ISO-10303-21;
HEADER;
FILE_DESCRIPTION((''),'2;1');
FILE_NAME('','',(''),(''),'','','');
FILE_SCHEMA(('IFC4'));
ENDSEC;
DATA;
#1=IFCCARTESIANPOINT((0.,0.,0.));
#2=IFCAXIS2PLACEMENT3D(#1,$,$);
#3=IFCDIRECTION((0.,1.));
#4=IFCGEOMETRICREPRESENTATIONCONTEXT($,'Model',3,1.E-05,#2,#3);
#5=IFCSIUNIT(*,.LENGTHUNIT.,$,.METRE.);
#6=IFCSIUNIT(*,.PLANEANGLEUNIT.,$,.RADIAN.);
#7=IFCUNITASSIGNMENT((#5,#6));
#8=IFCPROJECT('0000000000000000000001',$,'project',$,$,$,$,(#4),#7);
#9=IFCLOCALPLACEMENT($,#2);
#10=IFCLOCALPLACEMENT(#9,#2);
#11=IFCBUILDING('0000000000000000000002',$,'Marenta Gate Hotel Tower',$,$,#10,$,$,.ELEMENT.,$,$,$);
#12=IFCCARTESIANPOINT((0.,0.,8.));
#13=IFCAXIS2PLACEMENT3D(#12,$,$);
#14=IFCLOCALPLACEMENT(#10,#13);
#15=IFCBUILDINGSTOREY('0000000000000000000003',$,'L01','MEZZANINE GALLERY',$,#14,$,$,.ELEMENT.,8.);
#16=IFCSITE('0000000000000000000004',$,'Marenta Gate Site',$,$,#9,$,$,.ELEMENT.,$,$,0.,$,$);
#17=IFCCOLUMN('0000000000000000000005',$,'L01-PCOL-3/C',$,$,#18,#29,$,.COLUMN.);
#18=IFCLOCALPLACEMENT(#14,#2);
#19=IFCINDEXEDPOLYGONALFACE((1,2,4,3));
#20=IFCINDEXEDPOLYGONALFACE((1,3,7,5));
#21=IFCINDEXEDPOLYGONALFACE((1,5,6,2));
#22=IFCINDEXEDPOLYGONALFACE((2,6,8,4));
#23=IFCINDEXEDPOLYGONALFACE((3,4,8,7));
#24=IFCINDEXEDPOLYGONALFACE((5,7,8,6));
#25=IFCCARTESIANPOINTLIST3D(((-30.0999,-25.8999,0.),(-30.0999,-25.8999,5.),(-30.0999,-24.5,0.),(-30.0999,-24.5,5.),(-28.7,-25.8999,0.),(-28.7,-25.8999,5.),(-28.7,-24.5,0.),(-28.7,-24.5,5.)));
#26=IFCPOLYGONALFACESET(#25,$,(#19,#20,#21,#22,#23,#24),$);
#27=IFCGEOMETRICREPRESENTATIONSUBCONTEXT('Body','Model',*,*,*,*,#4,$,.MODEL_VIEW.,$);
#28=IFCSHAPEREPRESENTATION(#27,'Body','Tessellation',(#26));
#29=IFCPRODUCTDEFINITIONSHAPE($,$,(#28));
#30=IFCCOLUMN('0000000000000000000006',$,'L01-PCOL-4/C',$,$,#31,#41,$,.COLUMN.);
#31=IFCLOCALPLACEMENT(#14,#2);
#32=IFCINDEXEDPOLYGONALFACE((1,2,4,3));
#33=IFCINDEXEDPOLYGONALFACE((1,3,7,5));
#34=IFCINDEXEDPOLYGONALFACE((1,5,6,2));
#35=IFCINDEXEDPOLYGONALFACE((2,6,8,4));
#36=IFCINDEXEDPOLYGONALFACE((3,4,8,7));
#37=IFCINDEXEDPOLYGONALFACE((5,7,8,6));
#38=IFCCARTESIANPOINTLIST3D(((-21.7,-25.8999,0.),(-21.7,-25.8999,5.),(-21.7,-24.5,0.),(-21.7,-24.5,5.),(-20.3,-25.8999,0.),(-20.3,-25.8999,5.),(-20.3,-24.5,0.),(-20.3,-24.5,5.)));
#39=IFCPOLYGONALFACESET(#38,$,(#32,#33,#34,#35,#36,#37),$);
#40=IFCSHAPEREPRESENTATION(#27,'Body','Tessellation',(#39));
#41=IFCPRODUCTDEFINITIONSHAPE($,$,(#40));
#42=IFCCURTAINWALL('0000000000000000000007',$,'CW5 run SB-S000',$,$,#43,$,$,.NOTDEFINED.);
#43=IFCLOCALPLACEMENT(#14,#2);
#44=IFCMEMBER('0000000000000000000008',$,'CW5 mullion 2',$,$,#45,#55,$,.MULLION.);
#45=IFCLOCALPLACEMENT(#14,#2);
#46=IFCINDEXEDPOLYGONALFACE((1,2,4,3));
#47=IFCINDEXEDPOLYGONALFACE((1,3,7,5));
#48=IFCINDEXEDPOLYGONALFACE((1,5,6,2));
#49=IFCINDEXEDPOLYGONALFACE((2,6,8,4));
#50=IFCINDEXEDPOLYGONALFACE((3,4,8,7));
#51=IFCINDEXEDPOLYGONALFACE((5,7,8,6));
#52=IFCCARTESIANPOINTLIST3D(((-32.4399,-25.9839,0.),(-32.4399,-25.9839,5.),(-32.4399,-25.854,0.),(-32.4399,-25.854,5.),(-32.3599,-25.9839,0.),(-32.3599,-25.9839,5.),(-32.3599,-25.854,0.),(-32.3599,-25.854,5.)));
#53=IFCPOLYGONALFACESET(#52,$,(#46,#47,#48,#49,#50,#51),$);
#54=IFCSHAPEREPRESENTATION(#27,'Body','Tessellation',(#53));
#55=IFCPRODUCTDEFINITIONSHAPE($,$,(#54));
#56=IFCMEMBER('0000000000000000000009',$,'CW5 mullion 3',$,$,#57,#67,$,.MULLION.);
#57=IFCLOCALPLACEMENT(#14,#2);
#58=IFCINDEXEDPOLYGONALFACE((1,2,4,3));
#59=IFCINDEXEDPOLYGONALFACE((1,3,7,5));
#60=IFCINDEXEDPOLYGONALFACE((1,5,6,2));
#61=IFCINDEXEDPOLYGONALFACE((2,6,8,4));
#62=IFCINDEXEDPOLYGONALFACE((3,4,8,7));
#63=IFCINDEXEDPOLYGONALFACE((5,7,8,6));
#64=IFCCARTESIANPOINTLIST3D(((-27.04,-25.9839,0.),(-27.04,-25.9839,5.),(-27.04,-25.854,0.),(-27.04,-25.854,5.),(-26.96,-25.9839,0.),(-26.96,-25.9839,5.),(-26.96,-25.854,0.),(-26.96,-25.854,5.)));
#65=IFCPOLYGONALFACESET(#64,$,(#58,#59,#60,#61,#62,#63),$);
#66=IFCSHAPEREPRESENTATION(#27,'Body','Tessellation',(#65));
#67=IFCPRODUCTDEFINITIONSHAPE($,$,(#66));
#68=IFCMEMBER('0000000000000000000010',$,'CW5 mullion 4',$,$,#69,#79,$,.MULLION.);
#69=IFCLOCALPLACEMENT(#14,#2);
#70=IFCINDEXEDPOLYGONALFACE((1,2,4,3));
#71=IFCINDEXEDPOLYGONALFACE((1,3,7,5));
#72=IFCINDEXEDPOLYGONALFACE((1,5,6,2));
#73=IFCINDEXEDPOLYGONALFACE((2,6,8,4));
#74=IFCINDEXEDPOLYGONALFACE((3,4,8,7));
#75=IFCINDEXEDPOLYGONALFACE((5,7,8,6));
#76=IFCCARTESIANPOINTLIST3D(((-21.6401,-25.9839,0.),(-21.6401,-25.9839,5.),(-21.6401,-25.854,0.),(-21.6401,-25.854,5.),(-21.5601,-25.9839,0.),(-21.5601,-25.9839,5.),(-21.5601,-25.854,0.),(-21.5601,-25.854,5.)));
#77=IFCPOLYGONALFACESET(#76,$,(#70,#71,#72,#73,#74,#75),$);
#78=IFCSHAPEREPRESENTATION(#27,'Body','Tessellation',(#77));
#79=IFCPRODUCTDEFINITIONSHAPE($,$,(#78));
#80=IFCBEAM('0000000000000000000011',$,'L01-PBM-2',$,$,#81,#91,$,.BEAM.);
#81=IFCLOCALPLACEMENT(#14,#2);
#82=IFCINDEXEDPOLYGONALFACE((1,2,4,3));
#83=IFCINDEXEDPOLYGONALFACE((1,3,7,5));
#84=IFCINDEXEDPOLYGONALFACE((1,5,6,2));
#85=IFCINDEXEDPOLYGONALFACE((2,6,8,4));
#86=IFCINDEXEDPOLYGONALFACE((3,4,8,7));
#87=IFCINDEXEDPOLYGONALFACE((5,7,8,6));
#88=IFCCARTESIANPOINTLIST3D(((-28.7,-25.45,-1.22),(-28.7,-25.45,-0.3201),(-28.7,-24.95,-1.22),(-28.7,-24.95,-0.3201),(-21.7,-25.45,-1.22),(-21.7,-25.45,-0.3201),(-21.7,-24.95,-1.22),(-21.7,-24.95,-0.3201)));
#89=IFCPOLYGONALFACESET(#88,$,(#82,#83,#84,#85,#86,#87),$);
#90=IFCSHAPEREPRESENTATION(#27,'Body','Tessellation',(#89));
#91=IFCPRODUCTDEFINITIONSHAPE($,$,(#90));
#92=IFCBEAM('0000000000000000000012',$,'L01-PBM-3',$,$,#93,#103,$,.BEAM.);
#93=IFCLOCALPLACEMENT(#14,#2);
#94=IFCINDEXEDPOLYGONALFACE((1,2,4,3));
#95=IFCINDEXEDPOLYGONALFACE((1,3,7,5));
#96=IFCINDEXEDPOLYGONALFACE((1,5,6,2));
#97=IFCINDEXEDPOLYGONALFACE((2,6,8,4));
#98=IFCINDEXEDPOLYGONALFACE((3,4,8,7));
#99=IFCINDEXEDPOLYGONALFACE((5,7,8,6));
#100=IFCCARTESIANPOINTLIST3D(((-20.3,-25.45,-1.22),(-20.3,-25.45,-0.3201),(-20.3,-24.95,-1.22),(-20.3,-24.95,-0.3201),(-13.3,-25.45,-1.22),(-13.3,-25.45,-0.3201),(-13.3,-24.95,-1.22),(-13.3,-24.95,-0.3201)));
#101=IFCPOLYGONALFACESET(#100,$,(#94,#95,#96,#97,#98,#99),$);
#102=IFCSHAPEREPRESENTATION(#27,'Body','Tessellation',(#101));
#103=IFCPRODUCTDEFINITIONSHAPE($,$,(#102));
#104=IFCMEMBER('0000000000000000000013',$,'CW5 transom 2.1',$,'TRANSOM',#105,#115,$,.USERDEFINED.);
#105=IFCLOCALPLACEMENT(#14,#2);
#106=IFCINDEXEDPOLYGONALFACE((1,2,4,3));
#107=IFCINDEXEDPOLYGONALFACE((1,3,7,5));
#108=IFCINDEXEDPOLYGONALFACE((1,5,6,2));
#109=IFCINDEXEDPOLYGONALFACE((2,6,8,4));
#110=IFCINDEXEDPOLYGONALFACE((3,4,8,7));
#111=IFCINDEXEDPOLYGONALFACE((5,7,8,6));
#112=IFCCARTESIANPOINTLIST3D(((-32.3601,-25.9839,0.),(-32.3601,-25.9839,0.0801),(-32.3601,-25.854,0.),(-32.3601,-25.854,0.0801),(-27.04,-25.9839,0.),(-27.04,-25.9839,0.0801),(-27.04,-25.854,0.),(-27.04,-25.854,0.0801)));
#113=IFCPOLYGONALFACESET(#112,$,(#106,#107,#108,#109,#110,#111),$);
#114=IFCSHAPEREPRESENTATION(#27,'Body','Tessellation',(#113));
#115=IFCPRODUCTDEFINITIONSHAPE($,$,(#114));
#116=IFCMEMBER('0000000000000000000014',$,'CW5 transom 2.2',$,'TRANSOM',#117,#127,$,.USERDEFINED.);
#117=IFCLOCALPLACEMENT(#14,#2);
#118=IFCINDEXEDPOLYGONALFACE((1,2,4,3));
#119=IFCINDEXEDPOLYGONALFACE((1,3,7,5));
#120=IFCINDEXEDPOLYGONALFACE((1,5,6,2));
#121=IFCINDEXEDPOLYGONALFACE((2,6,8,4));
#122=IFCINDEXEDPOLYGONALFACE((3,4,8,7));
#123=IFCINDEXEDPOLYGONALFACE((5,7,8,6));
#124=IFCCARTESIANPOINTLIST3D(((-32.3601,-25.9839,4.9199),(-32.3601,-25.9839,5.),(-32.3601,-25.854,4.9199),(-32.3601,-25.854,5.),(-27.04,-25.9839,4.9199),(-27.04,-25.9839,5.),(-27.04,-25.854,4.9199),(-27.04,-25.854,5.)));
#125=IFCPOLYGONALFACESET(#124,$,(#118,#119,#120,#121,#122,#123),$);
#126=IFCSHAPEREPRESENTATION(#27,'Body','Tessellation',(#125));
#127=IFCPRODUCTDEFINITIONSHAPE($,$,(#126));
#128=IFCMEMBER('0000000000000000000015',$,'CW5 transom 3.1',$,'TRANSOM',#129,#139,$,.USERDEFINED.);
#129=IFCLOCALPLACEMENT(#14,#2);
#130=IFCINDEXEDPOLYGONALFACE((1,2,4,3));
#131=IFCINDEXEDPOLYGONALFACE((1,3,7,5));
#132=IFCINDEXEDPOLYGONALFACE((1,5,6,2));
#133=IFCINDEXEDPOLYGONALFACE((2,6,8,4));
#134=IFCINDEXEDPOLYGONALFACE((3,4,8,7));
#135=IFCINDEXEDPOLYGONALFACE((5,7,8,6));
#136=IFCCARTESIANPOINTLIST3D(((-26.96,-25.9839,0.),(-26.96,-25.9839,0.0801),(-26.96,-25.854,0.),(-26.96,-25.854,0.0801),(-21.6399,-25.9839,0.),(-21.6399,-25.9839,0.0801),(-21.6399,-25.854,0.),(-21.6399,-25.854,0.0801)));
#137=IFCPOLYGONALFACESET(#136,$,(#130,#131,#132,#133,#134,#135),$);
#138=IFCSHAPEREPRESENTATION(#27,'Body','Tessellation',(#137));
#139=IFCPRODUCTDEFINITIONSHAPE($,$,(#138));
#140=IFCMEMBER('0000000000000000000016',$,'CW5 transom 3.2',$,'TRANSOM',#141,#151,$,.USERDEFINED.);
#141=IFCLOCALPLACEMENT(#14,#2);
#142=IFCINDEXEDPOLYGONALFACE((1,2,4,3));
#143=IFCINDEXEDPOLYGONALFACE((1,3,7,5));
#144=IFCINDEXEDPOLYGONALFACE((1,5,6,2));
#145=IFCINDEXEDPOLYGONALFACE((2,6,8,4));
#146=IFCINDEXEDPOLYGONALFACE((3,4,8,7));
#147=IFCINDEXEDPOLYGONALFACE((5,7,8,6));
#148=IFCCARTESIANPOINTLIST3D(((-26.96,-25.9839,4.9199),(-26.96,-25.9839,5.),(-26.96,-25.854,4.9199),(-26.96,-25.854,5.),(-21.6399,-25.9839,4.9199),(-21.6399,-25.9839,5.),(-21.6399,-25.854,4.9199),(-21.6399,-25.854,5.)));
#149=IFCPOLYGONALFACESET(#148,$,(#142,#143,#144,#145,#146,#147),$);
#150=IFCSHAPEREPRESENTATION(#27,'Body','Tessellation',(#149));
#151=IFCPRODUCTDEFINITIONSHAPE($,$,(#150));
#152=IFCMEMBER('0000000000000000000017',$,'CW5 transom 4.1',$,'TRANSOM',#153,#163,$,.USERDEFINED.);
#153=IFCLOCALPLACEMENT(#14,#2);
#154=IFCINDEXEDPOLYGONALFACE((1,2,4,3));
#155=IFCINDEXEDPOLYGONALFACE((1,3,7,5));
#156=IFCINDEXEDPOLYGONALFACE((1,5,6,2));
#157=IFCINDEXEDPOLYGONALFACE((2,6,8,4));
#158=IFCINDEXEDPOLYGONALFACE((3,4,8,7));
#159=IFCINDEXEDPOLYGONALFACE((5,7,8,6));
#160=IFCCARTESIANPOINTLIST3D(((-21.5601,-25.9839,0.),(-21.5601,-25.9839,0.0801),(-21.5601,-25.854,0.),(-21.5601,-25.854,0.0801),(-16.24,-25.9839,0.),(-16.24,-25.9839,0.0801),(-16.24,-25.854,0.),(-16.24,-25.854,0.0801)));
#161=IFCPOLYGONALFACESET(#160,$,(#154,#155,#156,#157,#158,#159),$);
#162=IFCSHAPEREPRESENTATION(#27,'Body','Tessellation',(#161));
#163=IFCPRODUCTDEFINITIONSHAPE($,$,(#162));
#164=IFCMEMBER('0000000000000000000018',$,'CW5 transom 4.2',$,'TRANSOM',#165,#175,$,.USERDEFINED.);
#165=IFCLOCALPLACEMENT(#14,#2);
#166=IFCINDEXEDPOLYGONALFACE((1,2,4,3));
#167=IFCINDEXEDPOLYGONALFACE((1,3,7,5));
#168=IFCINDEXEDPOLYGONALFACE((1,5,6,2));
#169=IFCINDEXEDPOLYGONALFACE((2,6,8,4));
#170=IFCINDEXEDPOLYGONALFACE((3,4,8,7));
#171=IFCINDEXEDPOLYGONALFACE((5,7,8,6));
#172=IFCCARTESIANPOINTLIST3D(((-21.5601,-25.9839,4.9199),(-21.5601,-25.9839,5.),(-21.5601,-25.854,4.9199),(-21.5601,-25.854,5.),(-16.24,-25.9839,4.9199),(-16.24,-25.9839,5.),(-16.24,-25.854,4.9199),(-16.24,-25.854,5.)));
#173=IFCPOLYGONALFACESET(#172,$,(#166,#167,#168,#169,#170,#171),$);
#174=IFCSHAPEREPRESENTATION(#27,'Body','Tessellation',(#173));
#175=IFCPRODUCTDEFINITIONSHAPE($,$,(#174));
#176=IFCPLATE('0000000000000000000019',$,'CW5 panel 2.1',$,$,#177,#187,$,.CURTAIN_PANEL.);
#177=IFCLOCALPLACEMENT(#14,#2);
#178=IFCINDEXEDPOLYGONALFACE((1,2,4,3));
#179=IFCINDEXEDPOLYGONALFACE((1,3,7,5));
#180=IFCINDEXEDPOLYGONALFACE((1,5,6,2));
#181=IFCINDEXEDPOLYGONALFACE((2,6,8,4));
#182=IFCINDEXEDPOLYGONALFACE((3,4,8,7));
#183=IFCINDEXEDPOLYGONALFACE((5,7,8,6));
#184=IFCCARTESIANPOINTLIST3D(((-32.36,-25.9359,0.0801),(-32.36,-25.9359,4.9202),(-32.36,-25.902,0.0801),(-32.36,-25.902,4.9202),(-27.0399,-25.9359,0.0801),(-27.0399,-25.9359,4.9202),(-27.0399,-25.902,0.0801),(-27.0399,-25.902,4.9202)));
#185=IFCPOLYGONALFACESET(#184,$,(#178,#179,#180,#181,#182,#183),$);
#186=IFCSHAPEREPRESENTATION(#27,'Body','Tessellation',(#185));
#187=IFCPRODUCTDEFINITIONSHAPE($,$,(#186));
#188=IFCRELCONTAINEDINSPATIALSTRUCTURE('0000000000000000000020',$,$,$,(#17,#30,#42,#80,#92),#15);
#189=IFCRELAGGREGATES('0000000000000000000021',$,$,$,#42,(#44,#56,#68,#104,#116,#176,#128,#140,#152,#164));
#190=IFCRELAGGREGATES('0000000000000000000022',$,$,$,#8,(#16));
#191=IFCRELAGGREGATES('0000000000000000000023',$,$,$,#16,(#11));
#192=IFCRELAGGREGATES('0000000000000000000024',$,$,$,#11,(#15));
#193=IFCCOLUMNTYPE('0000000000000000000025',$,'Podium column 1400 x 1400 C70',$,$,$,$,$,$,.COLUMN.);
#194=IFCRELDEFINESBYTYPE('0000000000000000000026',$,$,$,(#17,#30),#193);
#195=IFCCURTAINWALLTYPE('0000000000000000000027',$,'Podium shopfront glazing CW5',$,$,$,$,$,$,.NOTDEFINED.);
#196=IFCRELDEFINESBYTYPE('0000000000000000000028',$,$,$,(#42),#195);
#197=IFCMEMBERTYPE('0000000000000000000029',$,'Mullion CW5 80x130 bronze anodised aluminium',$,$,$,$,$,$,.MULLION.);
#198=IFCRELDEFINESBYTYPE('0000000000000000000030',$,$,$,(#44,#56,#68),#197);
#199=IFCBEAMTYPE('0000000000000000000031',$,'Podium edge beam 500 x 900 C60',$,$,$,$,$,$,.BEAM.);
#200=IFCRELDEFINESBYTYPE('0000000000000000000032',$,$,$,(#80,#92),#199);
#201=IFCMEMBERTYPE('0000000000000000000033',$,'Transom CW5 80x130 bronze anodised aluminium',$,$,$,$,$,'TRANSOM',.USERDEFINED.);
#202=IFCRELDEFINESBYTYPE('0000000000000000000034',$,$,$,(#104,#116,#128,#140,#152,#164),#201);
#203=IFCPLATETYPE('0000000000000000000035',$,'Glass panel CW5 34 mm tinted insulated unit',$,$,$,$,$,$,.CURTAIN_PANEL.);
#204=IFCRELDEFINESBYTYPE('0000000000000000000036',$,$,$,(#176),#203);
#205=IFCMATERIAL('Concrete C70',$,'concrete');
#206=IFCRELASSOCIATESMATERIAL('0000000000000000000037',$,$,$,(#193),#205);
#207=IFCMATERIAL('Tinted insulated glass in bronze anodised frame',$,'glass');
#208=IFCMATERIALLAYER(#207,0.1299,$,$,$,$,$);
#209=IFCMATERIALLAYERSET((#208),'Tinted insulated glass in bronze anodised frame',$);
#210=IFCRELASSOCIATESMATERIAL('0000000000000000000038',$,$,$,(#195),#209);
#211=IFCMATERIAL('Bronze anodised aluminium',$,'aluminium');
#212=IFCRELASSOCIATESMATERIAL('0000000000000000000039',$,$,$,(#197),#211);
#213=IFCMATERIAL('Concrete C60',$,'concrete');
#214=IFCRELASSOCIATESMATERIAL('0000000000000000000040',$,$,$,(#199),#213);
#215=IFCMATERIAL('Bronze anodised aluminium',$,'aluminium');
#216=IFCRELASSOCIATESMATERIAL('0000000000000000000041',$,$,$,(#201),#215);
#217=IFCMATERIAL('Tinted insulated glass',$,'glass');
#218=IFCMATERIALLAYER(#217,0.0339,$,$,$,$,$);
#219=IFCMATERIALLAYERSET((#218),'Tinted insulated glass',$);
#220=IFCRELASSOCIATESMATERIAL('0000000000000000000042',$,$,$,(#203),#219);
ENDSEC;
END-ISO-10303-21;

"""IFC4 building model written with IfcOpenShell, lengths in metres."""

from ifc_helpers import new_model, si_unit, direction, frame, origin, origin_2d, place, context, subcontext, project, spatial, rectangle, extrude, material, layer, layer_set, material_profile, profile_set, type_object, element, aggregate, save


model = new_model("IFC4")

# Units and contexts
model_context = context("Model", 3, precision=1e-05, world=origin(), true_north=direction((0.0, 1.0)))
body_context = subcontext(model_context, "Body", "Model", "MODEL_VIEW")
ifc_project = project(units=[si_unit("LENGTHUNIT", "METRE"), si_unit("PLANEANGLEUNIT", "RADIAN")], contexts=[model_context])

# Site, building, storey
site_placement = place(None, origin())
site = spatial("IfcSite", under=ifc_project, at=site_placement, Name="Marenta Gate Site", CompositionType="ELEMENT", RefElevation=0.0)
building_placement = place(site_placement, origin())
building = spatial("IfcBuilding", under=site, at=building_placement, Name="Marenta Gate Hotel Tower", CompositionType="ELEMENT")
storey_placement = place(building_placement, frame((0.0, 0.0, 8.0)))
storey = spatial("IfcBuildingStorey", under=building, at=storey_placement, Name="L01", Description="MEZZANINE GALLERY", CompositionType="ELEMENT", Elevation=8.0)

# Columns
ifc_material_1 = material(Name="Concrete C70", Category="concrete")
ifc_material_profile_1 = material_profile(ifc_material_1, rectangle(XDim=1.3999, YDim=1.3999, at=origin_2d()), Name="1400 x 1400")
ifc_profile_set_1 = profile_set([ifc_material_profile_1], Name="Concrete C70")
column_type = type_object("IfcColumnType", Name="Podium column 1400 x 1400 C70", PredefinedType="COLUMN", material=ifc_profile_set_1)
for number, where, z_axis, x_axis, name in (
    (1, (-29.3999, -25.2, 0.0), (0.0, 0.0, 1.0), (1.0, 0.0, 0.0), "L01-PCOL-3/C"),
    (2, (-21.0, -25.2, 0.0), (0.0, 0.0, 1.0), (1.0, 0.0, 0.0), "L01-PCOL-4/C"),
):
    element("IfcColumn", number, at=place(storey_placement, frame(where, z_axis=z_axis, x_axis=x_axis)), inside=storey, type_object=column_type, Name=name, PredefinedType="COLUMN", context=body_context, shape_type="SweptSolid", body=[
        extrude(rectangle(XDim=1.3999, YDim=1.3999, at=origin_2d()), origin(), (0.0, 0.0, 1.0), 5.0),
    ])

# Curtain wall, members
ifc_material_2 = material(Name="Tinted insulated glass in bronze anodised frame", Category="glass")
ifc_layer_1 = layer(ifc_material_2, 0.1299)
ifc_layer_set_1 = layer_set([ifc_layer_1], Name="Tinted insulated glass in bronze anodised frame")
curtain_wall_type = type_object("IfcCurtainWallType", Name="Podium shopfront glazing CW5", PredefinedType="NOTDEFINED", material=ifc_layer_set_1)
curtain_wall_placement = place(storey_placement, origin())
curtain_wall = element("IfcCurtainWall", 3, at=curtain_wall_placement, inside=storey, type_object=curtain_wall_type, Name="CW5 run SB-S000", PredefinedType="NOTDEFINED")
ifc_material_3 = material(Name="Bronze anodised aluminium", Category="aluminium")
ifc_material_profile_2 = material_profile(ifc_material_3, rectangle(XDim=0.1299, YDim=0.0801, at=origin_2d()), Name="Mullion CW5 80x130 bronze anodised aluminium")
ifc_profile_set_2 = profile_set([ifc_material_profile_2], Name="Bronze anodised aluminium")
member_type_1 = type_object("IfcMemberType", Name="Mullion CW5 80x130 bronze anodised aluminium", PredefinedType="MULLION", material=ifc_profile_set_2)
member_1_placement = place(storey_placement, frame((-32.3999, -25.9189, 0.0), z_axis=(0.0, 0.0, 1.0), x_axis=(0.0, 1.0, 0.0)))
member_1 = element("IfcMember", 4, at=member_1_placement, type_object=member_type_1, Name="CW5 mullion 2", PredefinedType="MULLION", context=body_context, shape_type="SweptSolid", body=[
    extrude(rectangle(XDim=0.1299, YDim=0.0801, at=origin_2d()), origin(), (0.0, 0.0, 1.0), 5.0),
])
member_2_placement = place(storey_placement, frame((-27.0, -25.9189, 0.0), z_axis=(0.0, 0.0, 1.0), x_axis=(0.0, 1.0, 0.0)))
member_2 = element("IfcMember", 5, at=member_2_placement, type_object=member_type_1, Name="CW5 mullion 3", PredefinedType="MULLION", context=body_context, shape_type="SweptSolid", body=[
    extrude(rectangle(XDim=0.1299, YDim=0.0801, at=origin_2d()), origin(), (0.0, 0.0, 1.0), 5.0),
])
member_3_placement = place(storey_placement, frame((-21.6001, -25.9189, 0.0), z_axis=(0.0, 0.0, 1.0), x_axis=(0.0, 1.0, 0.0)))
member_3 = element("IfcMember", 6, at=member_3_placement, type_object=member_type_1, Name="CW5 mullion 4", PredefinedType="MULLION", context=body_context, shape_type="SweptSolid", body=[
    extrude(rectangle(XDim=0.1299, YDim=0.0801, at=origin_2d()), origin(), (0.0, 0.0, 1.0), 5.0),
])

# Beams
ifc_material_4 = material(Name="Concrete C60", Category="concrete")
ifc_material_profile_3 = material_profile(ifc_material_4, rectangle(XDim=0.5, YDim=0.8999, at=origin_2d()), Name="500 x 900")
ifc_profile_set_3 = profile_set([ifc_material_profile_3], Name="Concrete C60")
beam_type = type_object("IfcBeamType", Name="Podium edge beam 500 x 900 C60", PredefinedType="BEAM", material=ifc_profile_set_3)
for number, where, z_axis, x_axis, name in (
    (7, (-28.7, -25.2, -0.77), (1.0, 0.0, 0.0), (0.0, 1.0, 0.0), "L01-PBM-2"),
    (8, (-20.3, -25.2, -0.77), (1.0, 0.0, 0.0), (0.0, 1.0, 0.0), "L01-PBM-3"),
):
    element("IfcBeam", number, at=place(storey_placement, frame(where, z_axis=z_axis, x_axis=x_axis)), inside=storey, type_object=beam_type, Name=name, PredefinedType="BEAM", context=body_context, shape_type="SweptSolid", body=[
        extrude(rectangle(XDim=0.5, YDim=0.8999, at=origin_2d()), origin(), (0.0, 0.0, 1.0), 7.0),
    ])

# Members
ifc_material_5 = material(Name="Bronze anodised aluminium", Category="aluminium")
ifc_material_profile_4 = material_profile(ifc_material_5, rectangle(XDim=0.1299, YDim=0.0801, at=origin_2d()), Name="Transom CW5 80x130 bronze anodised aluminium")
ifc_profile_set_4 = profile_set([ifc_material_profile_4], Name="Bronze anodised aluminium")
member_type_2 = type_object("IfcMemberType", Name="Transom CW5 80x130 bronze anodised aluminium", ElementType="TRANSOM", PredefinedType="USERDEFINED", material=ifc_profile_set_4)
member_4_placement = place(storey_placement, frame((-32.3601, -25.9189, 0.04), z_axis=(1.0, 0.0, 0.0), x_axis=(0.0, 1.0, 0.0)))
member_4 = element("IfcMember", 9, at=member_4_placement, type_object=member_type_2, Name="CW5 transom 2.1", ObjectType="TRANSOM", PredefinedType="USERDEFINED", context=body_context, shape_type="SweptSolid", body=[
    extrude(rectangle(XDim=0.1299, YDim=0.0801, at=origin_2d()), origin(), (0.0, 0.0, 1.0), 5.3201),
])
member_5_placement = place(storey_placement, frame((-32.3601, -25.9189, 4.96), z_axis=(1.0, 0.0, 0.0), x_axis=(0.0, 1.0, 0.0)))
member_5 = element("IfcMember", 10, at=member_5_placement, type_object=member_type_2, Name="CW5 transom 2.2", ObjectType="TRANSOM", PredefinedType="USERDEFINED", context=body_context, shape_type="SweptSolid", body=[
    extrude(rectangle(XDim=0.1299, YDim=0.0801, at=origin_2d()), origin(), (0.0, 0.0, 1.0), 5.3201),
])
member_6_placement = place(storey_placement, frame((-26.96, -25.9189, 0.04), z_axis=(1.0, 0.0, 0.0), x_axis=(0.0, 1.0, 0.0)))
member_6 = element("IfcMember", 11, at=member_6_placement, type_object=member_type_2, Name="CW5 transom 3.1", ObjectType="TRANSOM", PredefinedType="USERDEFINED", context=body_context, shape_type="SweptSolid", body=[
    extrude(rectangle(XDim=0.1299, YDim=0.0801, at=origin_2d()), origin(), (0.0, 0.0, 1.0), 5.3201),
])
member_7_placement = place(storey_placement, frame((-26.96, -25.9189, 4.96), z_axis=(1.0, 0.0, 0.0), x_axis=(0.0, 1.0, 0.0)))
member_7 = element("IfcMember", 12, at=member_7_placement, type_object=member_type_2, Name="CW5 transom 3.2", ObjectType="TRANSOM", PredefinedType="USERDEFINED", context=body_context, shape_type="SweptSolid", body=[
    extrude(rectangle(XDim=0.1299, YDim=0.0801, at=origin_2d()), origin(), (0.0, 0.0, 1.0), 5.3201),
])
member_8_placement = place(storey_placement, frame((-21.5601, -25.9189, 0.04), z_axis=(1.0, 0.0, 0.0), x_axis=(0.0, 1.0, 0.0)))
member_8 = element("IfcMember", 13, at=member_8_placement, type_object=member_type_2, Name="CW5 transom 4.1", ObjectType="TRANSOM", PredefinedType="USERDEFINED", context=body_context, shape_type="SweptSolid", body=[
    extrude(rectangle(XDim=0.1299, YDim=0.0801, at=origin_2d()), origin(), (0.0, 0.0, 1.0), 5.3201),
])
member_9_placement = place(storey_placement, frame((-21.5601, -25.9189, 4.96), z_axis=(1.0, 0.0, 0.0), x_axis=(0.0, 1.0, 0.0)))
member_9 = element("IfcMember", 14, at=member_9_placement, type_object=member_type_2, Name="CW5 transom 4.2", ObjectType="TRANSOM", PredefinedType="USERDEFINED", context=body_context, shape_type="SweptSolid", body=[
    extrude(rectangle(XDim=0.1299, YDim=0.0801, at=origin_2d()), origin(), (0.0, 0.0, 1.0), 5.3201),
])

# Plate
ifc_material_6 = material(Name="Tinted insulated glass", Category="glass")
ifc_layer_2 = layer(ifc_material_6, 0.0339)
ifc_layer_set_2 = layer_set([ifc_layer_2], Name="Tinted insulated glass")
plate_type = type_object("IfcPlateType", Name="Glass panel CW5 34 mm tinted insulated unit", PredefinedType="CURTAIN_PANEL", material=ifc_layer_set_2)
plate_1_placement = place(storey_placement, frame((-29.7, -25.9189, 0.0801), z_axis=(0.0, 0.0, 1.0), x_axis=(1.0, 0.0, 0.0)))
plate_1 = element("IfcPlate", 15, at=plate_1_placement, type_object=plate_type, Name="CW5 panel 2.1", PredefinedType="CURTAIN_PANEL", context=body_context, shape_type="SweptSolid", body=[
    extrude(rectangle(XDim=5.3201, YDim=0.0339, at=origin_2d()), origin(), (0.0, 0.0, 1.0), 4.8401),
])
aggregate(curtain_wall, [member_1, member_2, member_3, member_4, member_5, plate_1, member_6, member_7, member_8, member_9])

save(model, "model.ifc")
